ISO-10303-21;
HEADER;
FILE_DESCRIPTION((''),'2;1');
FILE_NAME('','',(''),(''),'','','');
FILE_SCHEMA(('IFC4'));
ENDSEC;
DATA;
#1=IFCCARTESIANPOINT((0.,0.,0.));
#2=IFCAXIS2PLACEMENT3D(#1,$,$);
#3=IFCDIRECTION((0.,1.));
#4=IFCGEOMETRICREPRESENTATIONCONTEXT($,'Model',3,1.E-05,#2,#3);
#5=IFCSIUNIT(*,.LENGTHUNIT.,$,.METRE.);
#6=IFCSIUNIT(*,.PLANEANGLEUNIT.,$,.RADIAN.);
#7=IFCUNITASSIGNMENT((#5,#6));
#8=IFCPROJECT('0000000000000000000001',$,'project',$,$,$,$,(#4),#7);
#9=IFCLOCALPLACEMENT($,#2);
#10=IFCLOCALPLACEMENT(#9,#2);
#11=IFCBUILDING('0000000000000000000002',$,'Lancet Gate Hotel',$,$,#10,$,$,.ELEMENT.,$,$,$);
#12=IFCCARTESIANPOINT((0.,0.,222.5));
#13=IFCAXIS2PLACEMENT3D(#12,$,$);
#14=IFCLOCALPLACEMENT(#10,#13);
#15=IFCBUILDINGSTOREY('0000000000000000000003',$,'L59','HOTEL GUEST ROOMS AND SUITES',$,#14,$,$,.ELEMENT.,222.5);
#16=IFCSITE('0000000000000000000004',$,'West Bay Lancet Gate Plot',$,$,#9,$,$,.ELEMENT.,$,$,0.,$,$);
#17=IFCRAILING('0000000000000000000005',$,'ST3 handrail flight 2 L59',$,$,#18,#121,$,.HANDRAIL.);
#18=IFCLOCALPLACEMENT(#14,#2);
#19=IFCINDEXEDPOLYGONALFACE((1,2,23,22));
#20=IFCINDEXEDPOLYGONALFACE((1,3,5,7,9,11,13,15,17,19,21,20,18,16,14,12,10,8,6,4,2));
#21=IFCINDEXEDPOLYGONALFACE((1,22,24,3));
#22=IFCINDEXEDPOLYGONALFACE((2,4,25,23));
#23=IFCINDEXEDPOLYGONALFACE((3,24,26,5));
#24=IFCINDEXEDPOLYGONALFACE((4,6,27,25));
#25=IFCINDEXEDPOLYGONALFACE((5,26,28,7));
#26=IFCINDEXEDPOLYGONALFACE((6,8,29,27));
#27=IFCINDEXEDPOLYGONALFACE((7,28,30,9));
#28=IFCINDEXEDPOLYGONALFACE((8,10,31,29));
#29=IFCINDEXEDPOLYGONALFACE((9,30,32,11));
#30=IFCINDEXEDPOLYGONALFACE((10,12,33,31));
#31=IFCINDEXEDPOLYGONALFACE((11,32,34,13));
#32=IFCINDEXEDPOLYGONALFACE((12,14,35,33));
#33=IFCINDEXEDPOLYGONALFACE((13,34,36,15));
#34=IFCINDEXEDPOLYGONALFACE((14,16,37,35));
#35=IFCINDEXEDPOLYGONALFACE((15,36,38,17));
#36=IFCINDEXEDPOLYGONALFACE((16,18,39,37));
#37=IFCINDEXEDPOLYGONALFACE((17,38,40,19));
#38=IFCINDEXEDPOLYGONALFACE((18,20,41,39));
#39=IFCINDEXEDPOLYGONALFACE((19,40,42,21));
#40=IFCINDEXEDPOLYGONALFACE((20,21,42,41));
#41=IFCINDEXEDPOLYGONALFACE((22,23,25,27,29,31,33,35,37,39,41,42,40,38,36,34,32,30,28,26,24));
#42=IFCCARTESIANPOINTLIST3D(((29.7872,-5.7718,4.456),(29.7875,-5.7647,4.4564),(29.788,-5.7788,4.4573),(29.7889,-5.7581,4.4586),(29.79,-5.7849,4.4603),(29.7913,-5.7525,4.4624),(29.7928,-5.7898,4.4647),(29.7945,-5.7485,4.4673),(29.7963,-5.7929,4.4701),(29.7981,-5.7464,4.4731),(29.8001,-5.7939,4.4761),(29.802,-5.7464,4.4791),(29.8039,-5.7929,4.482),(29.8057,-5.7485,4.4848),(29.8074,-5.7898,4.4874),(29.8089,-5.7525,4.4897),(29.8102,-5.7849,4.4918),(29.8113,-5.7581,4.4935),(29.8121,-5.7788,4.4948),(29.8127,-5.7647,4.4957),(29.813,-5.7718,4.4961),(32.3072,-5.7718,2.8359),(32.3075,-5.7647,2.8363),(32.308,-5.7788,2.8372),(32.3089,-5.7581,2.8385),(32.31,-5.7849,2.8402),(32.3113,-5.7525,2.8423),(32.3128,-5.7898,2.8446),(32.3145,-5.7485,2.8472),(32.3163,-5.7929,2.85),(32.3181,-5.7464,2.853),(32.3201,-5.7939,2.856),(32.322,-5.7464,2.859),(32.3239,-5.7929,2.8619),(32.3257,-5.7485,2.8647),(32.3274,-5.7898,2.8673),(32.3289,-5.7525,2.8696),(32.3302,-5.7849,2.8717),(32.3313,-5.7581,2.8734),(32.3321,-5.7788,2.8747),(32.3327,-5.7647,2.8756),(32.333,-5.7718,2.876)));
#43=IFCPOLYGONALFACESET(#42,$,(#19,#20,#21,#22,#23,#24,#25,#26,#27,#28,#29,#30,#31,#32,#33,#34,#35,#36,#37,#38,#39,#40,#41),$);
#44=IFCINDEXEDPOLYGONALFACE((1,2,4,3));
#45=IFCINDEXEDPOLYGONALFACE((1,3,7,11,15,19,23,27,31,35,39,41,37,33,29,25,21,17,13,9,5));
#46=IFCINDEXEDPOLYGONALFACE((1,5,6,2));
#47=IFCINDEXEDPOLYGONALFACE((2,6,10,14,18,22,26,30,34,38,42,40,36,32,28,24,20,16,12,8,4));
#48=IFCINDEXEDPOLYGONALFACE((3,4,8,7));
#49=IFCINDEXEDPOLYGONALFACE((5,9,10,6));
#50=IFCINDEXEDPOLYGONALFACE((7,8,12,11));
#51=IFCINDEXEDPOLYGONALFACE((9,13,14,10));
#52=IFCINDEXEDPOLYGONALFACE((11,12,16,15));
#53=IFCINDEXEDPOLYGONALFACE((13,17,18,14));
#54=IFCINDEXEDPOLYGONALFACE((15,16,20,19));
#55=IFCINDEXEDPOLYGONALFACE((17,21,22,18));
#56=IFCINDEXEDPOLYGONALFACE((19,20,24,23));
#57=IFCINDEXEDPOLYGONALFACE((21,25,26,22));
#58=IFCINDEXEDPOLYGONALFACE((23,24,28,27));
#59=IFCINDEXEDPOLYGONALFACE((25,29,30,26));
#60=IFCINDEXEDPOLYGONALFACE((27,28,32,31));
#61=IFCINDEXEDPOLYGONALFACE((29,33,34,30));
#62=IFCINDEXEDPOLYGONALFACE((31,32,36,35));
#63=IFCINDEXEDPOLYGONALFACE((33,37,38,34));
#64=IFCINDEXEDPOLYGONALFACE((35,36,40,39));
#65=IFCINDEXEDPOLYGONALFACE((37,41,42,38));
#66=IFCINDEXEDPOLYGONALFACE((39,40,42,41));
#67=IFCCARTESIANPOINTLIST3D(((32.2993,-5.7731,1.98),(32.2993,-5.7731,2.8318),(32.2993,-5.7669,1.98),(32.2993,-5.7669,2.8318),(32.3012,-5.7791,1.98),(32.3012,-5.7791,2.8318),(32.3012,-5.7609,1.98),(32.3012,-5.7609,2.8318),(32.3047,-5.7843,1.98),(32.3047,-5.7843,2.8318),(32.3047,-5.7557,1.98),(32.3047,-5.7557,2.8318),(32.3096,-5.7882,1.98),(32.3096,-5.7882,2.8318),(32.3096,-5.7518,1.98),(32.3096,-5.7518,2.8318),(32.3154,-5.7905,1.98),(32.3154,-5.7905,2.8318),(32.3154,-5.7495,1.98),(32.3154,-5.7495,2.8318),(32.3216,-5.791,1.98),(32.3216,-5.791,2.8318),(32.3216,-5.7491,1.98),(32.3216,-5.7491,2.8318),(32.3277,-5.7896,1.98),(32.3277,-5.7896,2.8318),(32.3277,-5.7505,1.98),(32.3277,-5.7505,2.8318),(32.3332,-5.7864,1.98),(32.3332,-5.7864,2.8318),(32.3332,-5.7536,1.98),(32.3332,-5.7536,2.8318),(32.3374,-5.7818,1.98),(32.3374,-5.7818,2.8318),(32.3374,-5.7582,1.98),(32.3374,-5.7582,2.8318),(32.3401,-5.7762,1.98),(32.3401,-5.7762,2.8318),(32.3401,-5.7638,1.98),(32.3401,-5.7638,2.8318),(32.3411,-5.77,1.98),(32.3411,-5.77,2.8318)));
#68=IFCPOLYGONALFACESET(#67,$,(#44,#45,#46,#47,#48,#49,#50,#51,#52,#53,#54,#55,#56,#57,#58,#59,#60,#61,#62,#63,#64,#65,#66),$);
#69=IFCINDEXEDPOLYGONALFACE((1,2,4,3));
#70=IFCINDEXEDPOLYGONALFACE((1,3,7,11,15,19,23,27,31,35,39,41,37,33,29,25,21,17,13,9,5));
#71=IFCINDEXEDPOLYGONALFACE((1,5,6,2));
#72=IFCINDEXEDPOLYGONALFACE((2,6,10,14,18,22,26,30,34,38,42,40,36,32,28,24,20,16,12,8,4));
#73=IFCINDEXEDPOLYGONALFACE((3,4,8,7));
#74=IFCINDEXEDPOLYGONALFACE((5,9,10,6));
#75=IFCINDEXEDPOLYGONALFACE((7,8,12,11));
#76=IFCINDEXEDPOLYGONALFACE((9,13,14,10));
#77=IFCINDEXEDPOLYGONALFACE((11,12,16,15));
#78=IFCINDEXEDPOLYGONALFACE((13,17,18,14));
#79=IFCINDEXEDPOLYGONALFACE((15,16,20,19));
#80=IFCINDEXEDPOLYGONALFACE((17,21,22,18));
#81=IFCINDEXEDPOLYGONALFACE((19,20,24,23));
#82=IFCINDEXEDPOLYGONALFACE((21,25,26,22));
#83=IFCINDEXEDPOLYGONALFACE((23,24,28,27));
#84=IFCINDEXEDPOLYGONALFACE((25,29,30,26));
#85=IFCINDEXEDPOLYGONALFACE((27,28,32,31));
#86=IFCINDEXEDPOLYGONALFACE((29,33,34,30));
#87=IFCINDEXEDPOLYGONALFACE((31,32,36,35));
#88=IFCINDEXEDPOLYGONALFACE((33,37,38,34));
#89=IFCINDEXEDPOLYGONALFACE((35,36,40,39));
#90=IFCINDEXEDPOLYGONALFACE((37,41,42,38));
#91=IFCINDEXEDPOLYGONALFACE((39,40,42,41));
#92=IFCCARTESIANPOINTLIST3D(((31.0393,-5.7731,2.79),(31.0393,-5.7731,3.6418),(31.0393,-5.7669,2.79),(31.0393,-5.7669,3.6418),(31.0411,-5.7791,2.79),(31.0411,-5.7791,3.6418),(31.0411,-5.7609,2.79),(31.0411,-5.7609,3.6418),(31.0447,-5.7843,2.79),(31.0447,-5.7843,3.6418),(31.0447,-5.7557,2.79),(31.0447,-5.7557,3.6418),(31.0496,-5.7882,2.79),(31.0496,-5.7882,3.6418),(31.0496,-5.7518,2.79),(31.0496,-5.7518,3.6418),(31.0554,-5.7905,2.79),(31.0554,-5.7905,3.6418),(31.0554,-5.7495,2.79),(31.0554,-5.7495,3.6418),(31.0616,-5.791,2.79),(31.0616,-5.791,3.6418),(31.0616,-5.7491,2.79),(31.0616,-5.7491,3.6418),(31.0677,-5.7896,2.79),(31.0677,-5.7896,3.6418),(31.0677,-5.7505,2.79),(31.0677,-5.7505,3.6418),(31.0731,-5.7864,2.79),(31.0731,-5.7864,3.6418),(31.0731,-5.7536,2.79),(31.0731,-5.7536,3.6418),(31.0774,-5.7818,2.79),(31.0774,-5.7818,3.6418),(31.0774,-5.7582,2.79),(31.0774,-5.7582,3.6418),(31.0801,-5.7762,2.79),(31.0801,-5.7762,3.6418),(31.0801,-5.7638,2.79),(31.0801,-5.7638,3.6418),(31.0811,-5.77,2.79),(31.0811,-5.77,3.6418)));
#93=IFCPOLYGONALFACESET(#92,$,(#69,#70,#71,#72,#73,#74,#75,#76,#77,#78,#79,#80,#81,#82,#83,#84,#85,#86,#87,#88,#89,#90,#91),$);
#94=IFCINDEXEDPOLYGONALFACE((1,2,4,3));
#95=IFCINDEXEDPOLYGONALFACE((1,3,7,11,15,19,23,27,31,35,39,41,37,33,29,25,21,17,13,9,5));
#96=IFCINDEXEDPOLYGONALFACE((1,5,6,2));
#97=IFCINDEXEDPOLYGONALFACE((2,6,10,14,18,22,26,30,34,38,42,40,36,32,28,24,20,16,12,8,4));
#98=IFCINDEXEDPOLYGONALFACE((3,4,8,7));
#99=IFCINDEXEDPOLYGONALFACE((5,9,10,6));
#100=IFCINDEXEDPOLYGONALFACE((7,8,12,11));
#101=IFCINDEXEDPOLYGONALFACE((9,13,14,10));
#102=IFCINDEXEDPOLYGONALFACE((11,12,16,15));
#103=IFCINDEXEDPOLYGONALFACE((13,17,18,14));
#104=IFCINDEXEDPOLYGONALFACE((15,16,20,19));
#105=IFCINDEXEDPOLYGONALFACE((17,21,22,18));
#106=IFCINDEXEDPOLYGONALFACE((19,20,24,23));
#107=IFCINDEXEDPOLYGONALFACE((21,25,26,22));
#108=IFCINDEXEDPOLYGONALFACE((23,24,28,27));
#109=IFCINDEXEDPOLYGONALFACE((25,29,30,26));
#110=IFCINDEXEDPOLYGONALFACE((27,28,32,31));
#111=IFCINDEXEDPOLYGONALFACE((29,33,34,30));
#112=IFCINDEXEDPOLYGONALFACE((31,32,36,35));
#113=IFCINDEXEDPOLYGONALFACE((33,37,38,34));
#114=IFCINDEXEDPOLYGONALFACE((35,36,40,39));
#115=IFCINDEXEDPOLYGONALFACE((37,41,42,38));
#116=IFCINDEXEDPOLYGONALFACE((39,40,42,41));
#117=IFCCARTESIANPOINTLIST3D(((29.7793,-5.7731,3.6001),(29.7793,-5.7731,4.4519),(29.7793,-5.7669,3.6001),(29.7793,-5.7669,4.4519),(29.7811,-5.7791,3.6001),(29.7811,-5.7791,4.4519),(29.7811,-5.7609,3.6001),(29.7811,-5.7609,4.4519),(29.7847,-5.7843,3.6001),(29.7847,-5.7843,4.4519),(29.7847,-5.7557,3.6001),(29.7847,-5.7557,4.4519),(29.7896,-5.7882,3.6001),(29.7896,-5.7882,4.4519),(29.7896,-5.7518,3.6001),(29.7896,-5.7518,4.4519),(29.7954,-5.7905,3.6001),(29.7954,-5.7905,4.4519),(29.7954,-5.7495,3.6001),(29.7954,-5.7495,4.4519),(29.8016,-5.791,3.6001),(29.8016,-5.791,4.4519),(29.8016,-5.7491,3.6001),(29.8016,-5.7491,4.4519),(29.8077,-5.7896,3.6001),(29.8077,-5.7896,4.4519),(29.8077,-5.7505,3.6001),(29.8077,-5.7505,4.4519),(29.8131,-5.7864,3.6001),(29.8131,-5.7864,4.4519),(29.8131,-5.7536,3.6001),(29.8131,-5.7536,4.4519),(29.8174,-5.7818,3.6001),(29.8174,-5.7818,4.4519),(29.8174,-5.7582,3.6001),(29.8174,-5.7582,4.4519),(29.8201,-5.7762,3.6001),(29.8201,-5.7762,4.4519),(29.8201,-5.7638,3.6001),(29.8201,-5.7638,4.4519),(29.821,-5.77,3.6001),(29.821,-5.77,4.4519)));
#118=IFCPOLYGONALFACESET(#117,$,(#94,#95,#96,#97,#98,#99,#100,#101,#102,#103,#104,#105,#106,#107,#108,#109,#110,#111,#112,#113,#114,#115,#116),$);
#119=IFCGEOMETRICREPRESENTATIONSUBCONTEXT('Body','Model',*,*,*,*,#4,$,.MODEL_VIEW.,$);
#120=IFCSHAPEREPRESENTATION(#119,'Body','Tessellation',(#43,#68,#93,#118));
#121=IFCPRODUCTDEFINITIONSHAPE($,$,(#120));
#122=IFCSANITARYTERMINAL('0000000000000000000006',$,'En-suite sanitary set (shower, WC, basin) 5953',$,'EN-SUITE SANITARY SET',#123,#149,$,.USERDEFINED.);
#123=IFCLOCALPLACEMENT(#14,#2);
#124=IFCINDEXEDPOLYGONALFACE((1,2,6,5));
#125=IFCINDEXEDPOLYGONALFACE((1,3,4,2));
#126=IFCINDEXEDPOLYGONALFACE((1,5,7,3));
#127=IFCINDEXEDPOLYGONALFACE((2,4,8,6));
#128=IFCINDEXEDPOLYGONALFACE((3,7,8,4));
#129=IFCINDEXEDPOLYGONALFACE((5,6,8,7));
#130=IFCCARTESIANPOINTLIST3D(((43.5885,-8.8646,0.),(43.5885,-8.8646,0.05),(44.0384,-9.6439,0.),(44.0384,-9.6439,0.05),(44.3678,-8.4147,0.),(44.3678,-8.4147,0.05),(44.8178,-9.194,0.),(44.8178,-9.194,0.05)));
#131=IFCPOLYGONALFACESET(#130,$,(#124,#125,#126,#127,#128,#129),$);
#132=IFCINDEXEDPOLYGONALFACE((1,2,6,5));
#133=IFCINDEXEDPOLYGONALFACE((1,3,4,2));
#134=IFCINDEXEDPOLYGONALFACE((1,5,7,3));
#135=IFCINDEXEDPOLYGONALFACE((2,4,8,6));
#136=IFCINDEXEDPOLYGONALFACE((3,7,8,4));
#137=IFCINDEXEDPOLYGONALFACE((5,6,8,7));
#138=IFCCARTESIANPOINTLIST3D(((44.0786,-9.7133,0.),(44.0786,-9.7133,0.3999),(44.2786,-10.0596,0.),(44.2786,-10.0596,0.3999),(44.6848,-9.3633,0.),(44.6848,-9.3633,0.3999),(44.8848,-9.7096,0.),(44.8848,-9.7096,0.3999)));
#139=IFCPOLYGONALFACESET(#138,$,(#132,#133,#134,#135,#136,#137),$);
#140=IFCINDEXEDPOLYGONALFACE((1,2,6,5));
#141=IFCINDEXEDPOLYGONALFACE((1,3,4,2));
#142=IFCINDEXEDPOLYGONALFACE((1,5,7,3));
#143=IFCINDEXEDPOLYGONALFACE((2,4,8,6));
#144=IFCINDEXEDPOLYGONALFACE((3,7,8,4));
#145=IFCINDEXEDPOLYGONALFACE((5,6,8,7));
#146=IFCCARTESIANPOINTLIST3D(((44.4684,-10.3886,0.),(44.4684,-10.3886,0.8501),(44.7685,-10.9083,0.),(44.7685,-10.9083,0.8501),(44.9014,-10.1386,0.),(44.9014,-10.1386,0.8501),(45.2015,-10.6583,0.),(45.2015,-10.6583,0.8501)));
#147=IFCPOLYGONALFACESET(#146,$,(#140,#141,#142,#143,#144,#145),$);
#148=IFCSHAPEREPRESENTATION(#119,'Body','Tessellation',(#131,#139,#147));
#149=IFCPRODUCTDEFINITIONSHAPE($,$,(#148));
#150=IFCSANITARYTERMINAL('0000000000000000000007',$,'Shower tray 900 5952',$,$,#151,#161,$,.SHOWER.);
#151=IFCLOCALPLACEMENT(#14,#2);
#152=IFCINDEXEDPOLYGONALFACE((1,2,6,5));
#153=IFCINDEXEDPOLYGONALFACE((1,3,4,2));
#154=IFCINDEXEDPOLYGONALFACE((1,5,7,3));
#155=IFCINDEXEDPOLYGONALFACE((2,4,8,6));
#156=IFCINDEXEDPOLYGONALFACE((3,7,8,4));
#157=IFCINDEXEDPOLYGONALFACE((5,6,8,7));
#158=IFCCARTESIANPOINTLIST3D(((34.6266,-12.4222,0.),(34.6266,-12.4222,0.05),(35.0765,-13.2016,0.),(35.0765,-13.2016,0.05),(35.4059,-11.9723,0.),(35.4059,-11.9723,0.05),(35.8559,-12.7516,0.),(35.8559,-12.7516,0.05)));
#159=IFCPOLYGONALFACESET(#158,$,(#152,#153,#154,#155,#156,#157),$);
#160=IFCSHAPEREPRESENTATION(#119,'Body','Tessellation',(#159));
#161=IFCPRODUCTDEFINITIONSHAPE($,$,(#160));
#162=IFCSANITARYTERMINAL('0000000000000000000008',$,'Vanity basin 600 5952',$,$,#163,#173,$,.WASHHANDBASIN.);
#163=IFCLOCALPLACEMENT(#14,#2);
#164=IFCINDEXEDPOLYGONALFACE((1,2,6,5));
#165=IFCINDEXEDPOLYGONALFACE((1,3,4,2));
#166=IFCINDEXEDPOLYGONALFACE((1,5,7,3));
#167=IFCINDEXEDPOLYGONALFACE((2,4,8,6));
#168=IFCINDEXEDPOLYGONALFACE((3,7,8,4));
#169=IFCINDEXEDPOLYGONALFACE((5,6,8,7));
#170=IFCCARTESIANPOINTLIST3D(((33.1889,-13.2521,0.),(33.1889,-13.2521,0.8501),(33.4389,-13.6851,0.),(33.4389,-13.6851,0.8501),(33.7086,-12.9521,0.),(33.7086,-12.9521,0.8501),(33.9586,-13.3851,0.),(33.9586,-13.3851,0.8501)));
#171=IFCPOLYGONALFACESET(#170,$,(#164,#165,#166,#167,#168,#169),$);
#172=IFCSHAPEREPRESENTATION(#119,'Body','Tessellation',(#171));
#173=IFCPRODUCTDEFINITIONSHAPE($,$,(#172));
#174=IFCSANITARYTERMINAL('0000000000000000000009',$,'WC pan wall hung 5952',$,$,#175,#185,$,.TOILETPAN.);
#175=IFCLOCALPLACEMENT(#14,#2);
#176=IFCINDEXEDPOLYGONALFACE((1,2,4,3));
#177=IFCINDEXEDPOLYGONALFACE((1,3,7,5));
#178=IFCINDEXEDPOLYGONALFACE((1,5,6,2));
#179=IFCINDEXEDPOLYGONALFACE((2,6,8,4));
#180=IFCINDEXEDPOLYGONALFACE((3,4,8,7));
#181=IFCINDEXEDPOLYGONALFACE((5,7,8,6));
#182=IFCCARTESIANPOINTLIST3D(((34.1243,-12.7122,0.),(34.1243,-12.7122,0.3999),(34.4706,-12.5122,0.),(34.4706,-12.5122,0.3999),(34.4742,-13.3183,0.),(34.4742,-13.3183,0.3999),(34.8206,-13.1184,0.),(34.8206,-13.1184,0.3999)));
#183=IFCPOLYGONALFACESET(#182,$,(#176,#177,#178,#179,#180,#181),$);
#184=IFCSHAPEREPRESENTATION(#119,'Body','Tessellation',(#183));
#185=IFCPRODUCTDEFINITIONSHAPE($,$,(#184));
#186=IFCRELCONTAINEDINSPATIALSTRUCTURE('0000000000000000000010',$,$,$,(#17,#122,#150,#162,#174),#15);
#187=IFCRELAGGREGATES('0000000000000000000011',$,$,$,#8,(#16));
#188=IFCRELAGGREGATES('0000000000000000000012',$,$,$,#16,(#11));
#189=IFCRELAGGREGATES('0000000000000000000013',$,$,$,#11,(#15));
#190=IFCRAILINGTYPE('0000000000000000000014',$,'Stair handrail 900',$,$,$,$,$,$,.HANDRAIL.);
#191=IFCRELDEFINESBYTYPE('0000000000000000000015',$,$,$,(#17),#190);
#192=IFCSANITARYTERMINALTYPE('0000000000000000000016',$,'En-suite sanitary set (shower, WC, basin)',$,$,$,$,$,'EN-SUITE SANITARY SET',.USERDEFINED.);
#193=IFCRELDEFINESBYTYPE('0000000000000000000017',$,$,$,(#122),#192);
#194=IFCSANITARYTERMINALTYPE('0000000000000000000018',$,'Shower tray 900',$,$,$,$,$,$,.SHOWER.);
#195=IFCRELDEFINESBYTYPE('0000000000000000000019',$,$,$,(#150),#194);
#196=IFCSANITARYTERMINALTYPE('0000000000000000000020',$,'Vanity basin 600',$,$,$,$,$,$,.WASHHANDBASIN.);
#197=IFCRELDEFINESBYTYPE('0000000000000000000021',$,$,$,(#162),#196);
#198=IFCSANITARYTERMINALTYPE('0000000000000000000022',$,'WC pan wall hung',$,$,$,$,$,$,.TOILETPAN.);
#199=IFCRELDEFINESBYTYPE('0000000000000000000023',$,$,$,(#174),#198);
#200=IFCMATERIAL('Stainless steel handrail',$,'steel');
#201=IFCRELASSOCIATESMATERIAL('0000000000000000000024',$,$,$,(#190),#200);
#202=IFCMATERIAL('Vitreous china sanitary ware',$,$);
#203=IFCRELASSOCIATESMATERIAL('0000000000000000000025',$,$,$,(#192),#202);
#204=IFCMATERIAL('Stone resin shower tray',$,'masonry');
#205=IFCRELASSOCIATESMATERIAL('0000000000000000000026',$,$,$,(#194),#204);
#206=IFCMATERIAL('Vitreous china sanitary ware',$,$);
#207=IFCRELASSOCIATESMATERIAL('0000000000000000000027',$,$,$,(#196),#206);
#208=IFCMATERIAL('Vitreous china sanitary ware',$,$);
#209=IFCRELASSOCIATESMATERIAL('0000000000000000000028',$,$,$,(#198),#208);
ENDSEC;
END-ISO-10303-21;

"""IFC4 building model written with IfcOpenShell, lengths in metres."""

from ifc_helpers import new_model, si_unit, direction, frame, origin, origin_2d, place, context, subcontext, project, spatial, rectangle, circle, extrude, material, type_object, element, save


model = new_model("IFC4")

# Units and contexts
model_context = context("Model", 3, precision=1e-05, world=origin(), true_north=direction((0.0, 1.0)))
body_context = subcontext(model_context, "Body", "Model", "MODEL_VIEW")
ifc_project = project(units=[si_unit("LENGTHUNIT", "METRE"), si_unit("PLANEANGLEUNIT", "RADIAN")], contexts=[model_context])

# Site, building, storey
site_placement = place(None, origin())
site = spatial("IfcSite", under=ifc_project, at=site_placement, Name="West Bay Lancet Gate Plot", CompositionType="ELEMENT", RefElevation=0.0)
building_placement = place(site_placement, origin())
building = spatial("IfcBuilding", under=site, at=building_placement, Name="Lancet Gate Hotel", CompositionType="ELEMENT")
storey_placement = place(building_placement, frame((0.0, 0.0, 222.5)))
storey = spatial("IfcBuildingStorey", under=building, at=storey_placement, Name="L59", Description="HOTEL GUEST ROOMS AND SUITES", CompositionType="ELEMENT", Elevation=222.5)

# Railing
ifc_material_1 = material(Name="Stainless steel handrail", Category="steel")
railing_type = type_object("IfcRailingType", Name="Stair handrail 900", PredefinedType="HANDRAIL", material=ifc_material_1)
railing_1_placement = place(storey_placement, frame((32.3201, -5.77, 1.98)))
element("IfcRailing", 1, at=railing_1_placement, inside=storey, type_object=railing_type, Name="ST3 handrail flight 2 L59", PredefinedType="HANDRAIL", context=body_context, shape_type="SweptSolid", body=[
    extrude(circle(Radius=0.0239, at=origin_2d()), frame((0.0, 0.0, 0.876), z_axis=(-0.841163, 0.0, 0.540782), x_axis=(0.0, -1.0, 0.0)), (0.0, 0.0, 1.0), 2.9958),
    extrude(circle(Radius=0.021, at=origin_2d()), origin(), (0.0, 0.0, 1.0), 0.8518),
    extrude(circle(Radius=0.021, at=origin_2d()), frame((-1.26, 0.0, 0.8101)), (0.0, 0.0, 1.0), 0.8518),
    extrude(circle(Radius=0.021, at=origin_2d()), frame((-2.52, 0.0, 1.6201)), (0.0, 0.0, 1.0), 0.8518),
])

# Sanitary terminals
ifc_material_2 = material(Name="Vitreous china sanitary ware")
sanitary_terminal_type_1 = type_object("IfcSanitaryTerminalType", Name="En-suite sanitary set (shower, WC, basin)", ElementType="EN-SUITE SANITARY SET", PredefinedType="USERDEFINED", material=ifc_material_2)
sanitary_terminal_1_placement = place(storey_placement, frame((44.2031, -9.0293, 0.0), z_axis=(0.0, 0.0, 1.0), x_axis=(1.0, 0.0, 0.0)))
element("IfcSanitaryTerminal", 2, at=sanitary_terminal_1_placement, inside=storey, type_object=sanitary_terminal_type_1, Name="En-suite sanitary set (shower, WC, basin) 5953", ObjectType="EN-SUITE SANITARY SET", PredefinedType="USERDEFINED", context=body_context, shape_type="SweptSolid", body=[
    extrude(rectangle(XDim=0.8999, YDim=0.8999, at=origin_2d()), frame((0.0, 0.0, 0.0), z_axis=(0.0, 0.0, 1.0), x_axis=(-0.5, 0.866025, 0.0)), (0.0, 0.0, 1.0), 0.05),
    extrude(rectangle(XDim=0.3999, YDim=0.7, at=origin_2d()), frame((0.2786, -0.6821, 0.0), z_axis=(0.0, 0.0, 1.0), x_axis=(-0.5, 0.866025, 0.0)), (0.0, 0.0, 1.0), 0.3999),
    extrude(rectangle(XDim=0.6001, YDim=0.5, at=origin_2d()), frame((0.6318, -1.4941, 0.0), z_axis=(0.0, 0.0, 1.0), x_axis=(-0.5, 0.866025, 0.0)), (0.0, 0.0, 1.0), 0.8501),
])
ifc_material_3 = material(Name="Stone resin shower tray", Category="masonry")
sanitary_terminal_type_2 = type_object("IfcSanitaryTerminalType", Name="Shower tray 900", PredefinedType="SHOWER", material=ifc_material_3)
sanitary_terminal_2_placement = place(storey_placement, frame((35.2412, -12.5869, 0.0), z_axis=(0.0, 0.0, 1.0), x_axis=(0.866025, 0.5, 0.0)))
element("IfcSanitaryTerminal", 3, at=sanitary_terminal_2_placement, inside=storey, type_object=sanitary_terminal_type_2, Name="Shower tray 900 5952", PredefinedType="SHOWER", context=body_context, shape_type="SweptSolid", body=[
    extrude(rectangle(XDim=0.8999, YDim=0.8999, at=origin_2d()), origin(), (0.0, 0.0, 1.0), 0.05),
])
ifc_material_4 = material(Name="Vitreous china sanitary ware")
sanitary_terminal_type_3 = type_object("IfcSanitaryTerminalType", Name="Vanity basin 600", PredefinedType="WASHHANDBASIN", material=ifc_material_4)
sanitary_terminal_3_placement = place(storey_placement, frame((33.5737, -13.3186, 0.0), z_axis=(0.0, 0.0, 1.0), x_axis=(0.866025, 0.5, 0.0)))
element("IfcSanitaryTerminal", 4, at=sanitary_terminal_3_placement, inside=storey, type_object=sanitary_terminal_type_3, Name="Vanity basin 600 5952", PredefinedType="WASHHANDBASIN", context=body_context, shape_type="SweptSolid", body=[
    extrude(rectangle(XDim=0.6001, YDim=0.5, at=origin_2d()), origin(), (0.0, 0.0, 1.0), 0.8501),
])
ifc_material_5 = material(Name="Vitreous china sanitary ware")
sanitary_terminal_type_4 = type_object("IfcSanitaryTerminalType", Name="WC pan wall hung", PredefinedType="TOILETPAN", material=ifc_material_5)
sanitary_terminal_4_placement = place(storey_placement, frame((34.4724, -12.9153, 0.0), z_axis=(0.0, 0.0, 1.0), x_axis=(0.866025, 0.5, 0.0)))
element("IfcSanitaryTerminal", 5, at=sanitary_terminal_4_placement, inside=storey, type_object=sanitary_terminal_type_4, Name="WC pan wall hung 5952", PredefinedType="TOILETPAN", context=body_context, shape_type="SweptSolid", body=[
    extrude(rectangle(XDim=0.3999, YDim=0.7, at=origin_2d()), origin(), (0.0, 0.0, 1.0), 0.3999),
])

save(model, "model.ifc")
